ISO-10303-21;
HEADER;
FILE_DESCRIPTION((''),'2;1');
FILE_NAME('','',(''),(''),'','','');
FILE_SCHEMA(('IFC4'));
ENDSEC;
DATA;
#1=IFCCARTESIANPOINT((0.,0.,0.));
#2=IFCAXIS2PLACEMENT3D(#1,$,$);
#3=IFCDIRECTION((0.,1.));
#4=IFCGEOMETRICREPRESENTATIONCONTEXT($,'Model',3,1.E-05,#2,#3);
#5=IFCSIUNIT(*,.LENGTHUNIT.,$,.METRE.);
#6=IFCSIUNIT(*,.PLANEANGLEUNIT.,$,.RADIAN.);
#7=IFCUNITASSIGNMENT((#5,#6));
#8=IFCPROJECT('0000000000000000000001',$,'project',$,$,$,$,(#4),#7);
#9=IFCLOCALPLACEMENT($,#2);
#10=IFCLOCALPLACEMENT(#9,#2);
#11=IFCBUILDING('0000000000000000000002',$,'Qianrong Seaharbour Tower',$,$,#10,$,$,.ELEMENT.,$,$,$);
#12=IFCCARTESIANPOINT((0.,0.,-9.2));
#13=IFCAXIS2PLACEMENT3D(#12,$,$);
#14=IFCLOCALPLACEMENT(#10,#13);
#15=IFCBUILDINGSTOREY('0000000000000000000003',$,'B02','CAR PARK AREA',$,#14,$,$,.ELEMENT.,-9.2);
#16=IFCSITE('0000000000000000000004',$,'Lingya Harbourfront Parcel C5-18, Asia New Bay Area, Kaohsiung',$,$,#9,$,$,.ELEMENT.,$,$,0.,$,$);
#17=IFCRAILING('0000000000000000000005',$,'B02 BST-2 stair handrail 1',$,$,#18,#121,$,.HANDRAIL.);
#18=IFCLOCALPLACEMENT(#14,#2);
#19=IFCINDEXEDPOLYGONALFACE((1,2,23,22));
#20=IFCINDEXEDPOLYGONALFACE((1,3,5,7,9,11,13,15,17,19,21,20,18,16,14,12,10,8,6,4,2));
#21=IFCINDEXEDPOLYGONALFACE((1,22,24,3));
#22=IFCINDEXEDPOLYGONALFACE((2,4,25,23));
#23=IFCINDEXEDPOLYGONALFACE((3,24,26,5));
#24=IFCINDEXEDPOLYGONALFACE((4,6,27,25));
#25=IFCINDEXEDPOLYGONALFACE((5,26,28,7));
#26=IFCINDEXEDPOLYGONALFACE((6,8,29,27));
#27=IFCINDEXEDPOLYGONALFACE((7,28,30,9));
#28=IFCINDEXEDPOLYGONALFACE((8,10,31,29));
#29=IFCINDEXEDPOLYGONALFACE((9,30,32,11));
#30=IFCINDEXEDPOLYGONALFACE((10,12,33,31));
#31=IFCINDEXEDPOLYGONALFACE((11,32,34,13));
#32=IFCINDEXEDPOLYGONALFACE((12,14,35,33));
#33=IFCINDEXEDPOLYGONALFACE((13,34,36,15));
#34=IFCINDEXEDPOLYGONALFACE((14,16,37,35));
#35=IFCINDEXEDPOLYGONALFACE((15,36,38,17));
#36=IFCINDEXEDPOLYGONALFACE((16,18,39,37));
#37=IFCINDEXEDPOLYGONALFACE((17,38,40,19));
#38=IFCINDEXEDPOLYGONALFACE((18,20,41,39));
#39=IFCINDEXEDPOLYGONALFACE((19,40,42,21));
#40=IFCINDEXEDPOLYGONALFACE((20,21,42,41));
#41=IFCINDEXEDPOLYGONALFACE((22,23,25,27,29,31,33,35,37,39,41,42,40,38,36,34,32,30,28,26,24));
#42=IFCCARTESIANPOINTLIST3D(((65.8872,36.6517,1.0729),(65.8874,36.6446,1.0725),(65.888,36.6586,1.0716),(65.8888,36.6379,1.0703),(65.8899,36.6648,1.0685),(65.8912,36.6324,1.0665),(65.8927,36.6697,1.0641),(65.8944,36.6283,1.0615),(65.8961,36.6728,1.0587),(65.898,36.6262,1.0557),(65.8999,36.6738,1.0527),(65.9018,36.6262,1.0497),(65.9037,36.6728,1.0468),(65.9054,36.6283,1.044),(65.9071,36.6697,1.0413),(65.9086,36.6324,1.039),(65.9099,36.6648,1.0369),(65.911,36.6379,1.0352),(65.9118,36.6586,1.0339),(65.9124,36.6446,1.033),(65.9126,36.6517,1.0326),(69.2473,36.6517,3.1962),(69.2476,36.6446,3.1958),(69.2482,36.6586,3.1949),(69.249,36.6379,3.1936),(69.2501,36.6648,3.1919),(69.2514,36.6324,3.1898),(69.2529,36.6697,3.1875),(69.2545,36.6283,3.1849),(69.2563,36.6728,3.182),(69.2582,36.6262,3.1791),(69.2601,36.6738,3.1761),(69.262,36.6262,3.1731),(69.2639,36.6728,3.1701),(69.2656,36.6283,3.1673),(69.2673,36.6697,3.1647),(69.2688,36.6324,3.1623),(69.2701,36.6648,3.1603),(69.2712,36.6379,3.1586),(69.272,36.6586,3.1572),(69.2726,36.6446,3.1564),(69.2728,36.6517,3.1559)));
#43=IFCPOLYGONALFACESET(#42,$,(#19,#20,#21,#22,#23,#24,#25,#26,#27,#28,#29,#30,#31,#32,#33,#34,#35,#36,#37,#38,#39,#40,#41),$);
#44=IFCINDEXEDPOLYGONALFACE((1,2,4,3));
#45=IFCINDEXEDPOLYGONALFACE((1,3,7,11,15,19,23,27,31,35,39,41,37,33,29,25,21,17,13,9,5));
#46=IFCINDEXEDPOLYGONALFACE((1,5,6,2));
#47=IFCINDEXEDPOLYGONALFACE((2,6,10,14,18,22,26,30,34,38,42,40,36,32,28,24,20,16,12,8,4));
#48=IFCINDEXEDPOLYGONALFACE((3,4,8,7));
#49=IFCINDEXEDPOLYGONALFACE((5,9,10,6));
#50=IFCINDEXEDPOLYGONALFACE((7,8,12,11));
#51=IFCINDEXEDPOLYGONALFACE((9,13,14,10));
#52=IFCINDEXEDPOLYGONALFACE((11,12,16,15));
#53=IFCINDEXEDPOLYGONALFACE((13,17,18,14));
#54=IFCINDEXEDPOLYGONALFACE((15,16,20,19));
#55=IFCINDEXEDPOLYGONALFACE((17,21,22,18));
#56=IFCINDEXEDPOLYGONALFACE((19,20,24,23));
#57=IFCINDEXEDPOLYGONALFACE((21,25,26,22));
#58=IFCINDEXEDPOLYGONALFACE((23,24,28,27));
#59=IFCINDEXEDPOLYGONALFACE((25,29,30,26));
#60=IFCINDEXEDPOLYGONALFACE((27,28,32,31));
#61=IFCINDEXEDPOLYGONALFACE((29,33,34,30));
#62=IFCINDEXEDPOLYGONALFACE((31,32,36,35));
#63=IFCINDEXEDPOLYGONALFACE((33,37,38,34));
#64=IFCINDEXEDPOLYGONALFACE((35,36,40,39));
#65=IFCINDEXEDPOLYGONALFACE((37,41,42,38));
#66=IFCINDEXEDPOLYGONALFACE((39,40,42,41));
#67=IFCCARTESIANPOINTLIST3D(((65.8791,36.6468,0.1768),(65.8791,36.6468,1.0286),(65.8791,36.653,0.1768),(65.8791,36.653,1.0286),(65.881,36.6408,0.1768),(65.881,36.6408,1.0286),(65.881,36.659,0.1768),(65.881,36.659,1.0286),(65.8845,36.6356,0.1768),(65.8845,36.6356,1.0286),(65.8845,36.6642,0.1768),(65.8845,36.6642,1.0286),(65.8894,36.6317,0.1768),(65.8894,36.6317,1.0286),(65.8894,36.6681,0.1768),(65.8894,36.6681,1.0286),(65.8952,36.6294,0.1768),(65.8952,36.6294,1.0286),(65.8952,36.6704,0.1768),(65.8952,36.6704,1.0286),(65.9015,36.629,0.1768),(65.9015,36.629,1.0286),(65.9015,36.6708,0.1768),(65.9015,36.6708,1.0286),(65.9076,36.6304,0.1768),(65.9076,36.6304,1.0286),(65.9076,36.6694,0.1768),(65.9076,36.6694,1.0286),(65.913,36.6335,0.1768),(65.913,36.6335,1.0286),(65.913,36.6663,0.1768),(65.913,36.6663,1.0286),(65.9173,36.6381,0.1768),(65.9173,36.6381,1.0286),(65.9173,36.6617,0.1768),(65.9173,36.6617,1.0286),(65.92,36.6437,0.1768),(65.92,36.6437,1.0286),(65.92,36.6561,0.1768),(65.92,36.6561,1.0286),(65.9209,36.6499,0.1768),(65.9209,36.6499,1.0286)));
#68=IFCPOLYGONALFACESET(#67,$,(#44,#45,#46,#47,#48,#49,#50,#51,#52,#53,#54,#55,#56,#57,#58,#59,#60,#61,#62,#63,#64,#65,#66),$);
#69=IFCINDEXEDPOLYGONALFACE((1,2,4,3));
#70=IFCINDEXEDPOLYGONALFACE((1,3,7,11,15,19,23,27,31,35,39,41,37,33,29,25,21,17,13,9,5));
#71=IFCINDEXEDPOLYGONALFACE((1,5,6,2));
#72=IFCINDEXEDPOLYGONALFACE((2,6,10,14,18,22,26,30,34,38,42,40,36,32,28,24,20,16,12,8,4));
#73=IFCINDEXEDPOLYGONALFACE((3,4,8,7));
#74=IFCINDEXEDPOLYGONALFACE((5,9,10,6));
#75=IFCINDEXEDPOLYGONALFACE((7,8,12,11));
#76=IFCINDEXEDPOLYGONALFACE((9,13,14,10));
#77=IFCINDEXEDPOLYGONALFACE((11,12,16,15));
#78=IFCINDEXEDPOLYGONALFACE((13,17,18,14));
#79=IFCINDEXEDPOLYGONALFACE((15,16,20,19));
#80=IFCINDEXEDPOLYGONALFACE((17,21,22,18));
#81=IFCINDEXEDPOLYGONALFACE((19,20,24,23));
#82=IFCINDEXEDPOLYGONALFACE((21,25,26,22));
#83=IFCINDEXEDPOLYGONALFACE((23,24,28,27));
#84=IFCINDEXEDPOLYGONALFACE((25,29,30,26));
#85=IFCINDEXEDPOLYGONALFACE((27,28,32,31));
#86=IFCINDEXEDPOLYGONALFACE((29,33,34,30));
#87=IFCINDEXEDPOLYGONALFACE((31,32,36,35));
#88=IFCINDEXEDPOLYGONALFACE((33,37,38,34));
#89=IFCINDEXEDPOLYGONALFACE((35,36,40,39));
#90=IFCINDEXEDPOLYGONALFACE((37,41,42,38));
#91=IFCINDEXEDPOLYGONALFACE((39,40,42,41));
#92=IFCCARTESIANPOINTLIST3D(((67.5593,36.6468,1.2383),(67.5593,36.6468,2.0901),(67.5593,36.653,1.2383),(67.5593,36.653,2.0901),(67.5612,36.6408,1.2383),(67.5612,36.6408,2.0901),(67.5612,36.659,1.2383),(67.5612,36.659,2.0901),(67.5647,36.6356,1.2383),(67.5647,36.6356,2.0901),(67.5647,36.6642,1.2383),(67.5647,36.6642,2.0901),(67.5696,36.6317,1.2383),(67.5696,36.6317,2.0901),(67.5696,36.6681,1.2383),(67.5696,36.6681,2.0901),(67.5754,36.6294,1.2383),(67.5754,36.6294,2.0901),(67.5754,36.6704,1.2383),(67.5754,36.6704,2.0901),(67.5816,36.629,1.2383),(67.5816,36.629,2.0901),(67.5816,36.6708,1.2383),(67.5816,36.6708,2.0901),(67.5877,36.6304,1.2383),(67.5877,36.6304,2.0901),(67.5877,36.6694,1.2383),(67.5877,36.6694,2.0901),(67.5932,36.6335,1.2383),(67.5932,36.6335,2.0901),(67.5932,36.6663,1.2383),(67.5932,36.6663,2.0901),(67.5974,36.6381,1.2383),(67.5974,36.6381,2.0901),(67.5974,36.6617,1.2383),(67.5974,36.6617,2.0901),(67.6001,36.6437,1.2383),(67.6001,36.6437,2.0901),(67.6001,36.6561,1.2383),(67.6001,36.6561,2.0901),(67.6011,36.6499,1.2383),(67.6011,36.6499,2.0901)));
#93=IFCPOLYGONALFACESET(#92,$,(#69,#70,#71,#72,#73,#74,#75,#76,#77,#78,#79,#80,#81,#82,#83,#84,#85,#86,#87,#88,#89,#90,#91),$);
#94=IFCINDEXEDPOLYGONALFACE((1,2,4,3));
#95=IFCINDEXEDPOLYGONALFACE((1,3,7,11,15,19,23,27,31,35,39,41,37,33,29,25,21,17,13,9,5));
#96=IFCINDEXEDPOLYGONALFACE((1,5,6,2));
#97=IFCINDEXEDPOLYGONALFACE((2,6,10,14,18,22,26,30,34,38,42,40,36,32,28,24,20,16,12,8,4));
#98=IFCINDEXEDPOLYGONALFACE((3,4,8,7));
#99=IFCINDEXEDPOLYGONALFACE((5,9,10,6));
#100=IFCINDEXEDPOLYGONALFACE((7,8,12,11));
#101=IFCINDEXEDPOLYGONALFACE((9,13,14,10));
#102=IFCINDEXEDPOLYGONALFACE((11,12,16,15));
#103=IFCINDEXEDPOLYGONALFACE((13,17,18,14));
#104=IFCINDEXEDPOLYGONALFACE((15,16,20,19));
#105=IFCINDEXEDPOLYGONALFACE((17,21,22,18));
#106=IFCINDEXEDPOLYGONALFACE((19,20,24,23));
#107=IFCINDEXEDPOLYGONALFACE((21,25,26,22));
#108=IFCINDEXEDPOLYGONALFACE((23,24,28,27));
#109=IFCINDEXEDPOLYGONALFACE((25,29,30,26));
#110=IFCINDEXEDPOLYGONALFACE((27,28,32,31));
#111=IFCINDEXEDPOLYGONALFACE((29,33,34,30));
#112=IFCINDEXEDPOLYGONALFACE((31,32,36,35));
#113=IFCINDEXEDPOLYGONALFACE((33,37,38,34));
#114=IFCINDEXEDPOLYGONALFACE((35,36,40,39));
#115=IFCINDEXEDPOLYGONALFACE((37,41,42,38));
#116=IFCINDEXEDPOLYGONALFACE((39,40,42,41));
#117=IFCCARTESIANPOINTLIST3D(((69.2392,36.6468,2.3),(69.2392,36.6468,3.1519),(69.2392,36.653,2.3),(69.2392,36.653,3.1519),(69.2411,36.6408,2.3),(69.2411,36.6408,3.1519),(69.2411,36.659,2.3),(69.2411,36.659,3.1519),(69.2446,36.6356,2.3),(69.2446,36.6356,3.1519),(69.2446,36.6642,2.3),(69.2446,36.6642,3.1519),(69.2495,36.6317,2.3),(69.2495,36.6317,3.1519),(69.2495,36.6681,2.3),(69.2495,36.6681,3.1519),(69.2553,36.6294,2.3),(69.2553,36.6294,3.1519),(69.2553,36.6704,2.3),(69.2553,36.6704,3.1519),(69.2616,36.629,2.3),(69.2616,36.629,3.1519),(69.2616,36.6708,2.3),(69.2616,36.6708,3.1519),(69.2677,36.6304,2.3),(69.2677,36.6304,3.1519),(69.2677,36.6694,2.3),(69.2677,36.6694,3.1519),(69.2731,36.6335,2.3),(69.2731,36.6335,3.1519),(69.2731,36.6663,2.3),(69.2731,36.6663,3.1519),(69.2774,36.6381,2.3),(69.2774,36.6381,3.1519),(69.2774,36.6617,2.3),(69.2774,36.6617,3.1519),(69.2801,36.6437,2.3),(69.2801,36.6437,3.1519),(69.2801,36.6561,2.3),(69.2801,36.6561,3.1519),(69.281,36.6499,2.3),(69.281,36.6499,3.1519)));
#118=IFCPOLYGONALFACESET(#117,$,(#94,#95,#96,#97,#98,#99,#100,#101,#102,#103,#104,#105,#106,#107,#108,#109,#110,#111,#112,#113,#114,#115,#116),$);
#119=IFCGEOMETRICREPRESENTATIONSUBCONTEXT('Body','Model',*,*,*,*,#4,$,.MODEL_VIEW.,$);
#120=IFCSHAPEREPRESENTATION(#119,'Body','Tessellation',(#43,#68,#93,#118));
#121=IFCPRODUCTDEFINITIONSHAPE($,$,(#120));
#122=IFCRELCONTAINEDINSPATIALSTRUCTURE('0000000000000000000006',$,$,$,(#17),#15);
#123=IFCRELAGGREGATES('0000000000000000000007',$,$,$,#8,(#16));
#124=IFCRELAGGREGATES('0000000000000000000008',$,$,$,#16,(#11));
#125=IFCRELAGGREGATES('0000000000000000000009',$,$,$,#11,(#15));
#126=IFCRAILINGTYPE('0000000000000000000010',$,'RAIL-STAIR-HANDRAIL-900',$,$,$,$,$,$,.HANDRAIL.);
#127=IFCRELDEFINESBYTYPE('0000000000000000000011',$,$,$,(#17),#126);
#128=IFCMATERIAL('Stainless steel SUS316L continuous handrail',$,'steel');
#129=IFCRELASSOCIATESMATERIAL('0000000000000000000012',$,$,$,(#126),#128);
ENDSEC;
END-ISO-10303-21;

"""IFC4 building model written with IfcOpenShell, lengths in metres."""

from ifc_helpers import new_model, si_unit, direction, frame, origin, origin_2d, place, context, subcontext, project, spatial, circle, extrude, material, type_object, element, save


model = new_model("IFC4")

# Units and contexts
model_context = context("Model", 3, precision=1e-05, world=origin(), true_north=direction((0.0, 1.0)))
body_context = subcontext(model_context, "Body", "Model", "MODEL_VIEW")
ifc_project = project(units=[si_unit("LENGTHUNIT", "METRE"), si_unit("PLANEANGLEUNIT", "RADIAN")], contexts=[model_context])

# Site, building, storey
site_placement = place(None, origin())
site = spatial("IfcSite", under=ifc_project, at=site_placement, Name="Lingya Harbourfront Parcel C5-18, Asia New Bay Area, Kaohsiung", CompositionType="ELEMENT", RefElevation=0.0)
building_placement = place(site_placement, origin())
building = spatial("IfcBuilding", under=site, at=building_placement, Name="Qianrong Seaharbour Tower", CompositionType="ELEMENT")
storey_placement = place(building_placement, frame((0.0, 0.0, -9.2)))
storey = spatial("IfcBuildingStorey", under=building, at=storey_placement, Name="B02", Description="CAR PARK AREA", CompositionType="ELEMENT", Elevation=-9.2)

# Railing
ifc_material_1 = material(Name="Stainless steel SUS316L continuous handrail", Category="steel")
railing_type_1 = type_object("IfcRailingType", Name="RAIL-STAIR-HANDRAIL-900", PredefinedType="HANDRAIL", material=ifc_material_1)
railing_1_placement = place(storey_placement, frame((65.8999, 36.6499, 0.1768)))
element("IfcRailing", 1, at=railing_1_placement, inside=storey, type_object=railing_type_1, Name="B02 BST-2 stair handrail 1", PredefinedType="HANDRAIL", context=body_context, shape_type="SweptSolid", body=[
    extrude(circle(Radius=0.0239, at=origin_2d()), frame((0.0, 0.0, 0.876), z_axis=(0.845362, 0.0, 0.534194), x_axis=(0.0, 1.0, 0.0)), (0.0, 0.0, 1.0), 3.9749),
    extrude(circle(Radius=0.021, at=origin_2d()), origin(), (0.0, 0.0, 1.0), 0.8518),
    extrude(circle(Radius=0.021, at=origin_2d()), frame((1.6802, 0.0, 1.0615)), (0.0, 0.0, 1.0), 0.8518),
    extrude(circle(Radius=0.021, at=origin_2d()), frame((3.3601, 0.0, 2.1233)), (0.0, 0.0, 1.0), 0.8518),
])

save(model, "model.ifc")
